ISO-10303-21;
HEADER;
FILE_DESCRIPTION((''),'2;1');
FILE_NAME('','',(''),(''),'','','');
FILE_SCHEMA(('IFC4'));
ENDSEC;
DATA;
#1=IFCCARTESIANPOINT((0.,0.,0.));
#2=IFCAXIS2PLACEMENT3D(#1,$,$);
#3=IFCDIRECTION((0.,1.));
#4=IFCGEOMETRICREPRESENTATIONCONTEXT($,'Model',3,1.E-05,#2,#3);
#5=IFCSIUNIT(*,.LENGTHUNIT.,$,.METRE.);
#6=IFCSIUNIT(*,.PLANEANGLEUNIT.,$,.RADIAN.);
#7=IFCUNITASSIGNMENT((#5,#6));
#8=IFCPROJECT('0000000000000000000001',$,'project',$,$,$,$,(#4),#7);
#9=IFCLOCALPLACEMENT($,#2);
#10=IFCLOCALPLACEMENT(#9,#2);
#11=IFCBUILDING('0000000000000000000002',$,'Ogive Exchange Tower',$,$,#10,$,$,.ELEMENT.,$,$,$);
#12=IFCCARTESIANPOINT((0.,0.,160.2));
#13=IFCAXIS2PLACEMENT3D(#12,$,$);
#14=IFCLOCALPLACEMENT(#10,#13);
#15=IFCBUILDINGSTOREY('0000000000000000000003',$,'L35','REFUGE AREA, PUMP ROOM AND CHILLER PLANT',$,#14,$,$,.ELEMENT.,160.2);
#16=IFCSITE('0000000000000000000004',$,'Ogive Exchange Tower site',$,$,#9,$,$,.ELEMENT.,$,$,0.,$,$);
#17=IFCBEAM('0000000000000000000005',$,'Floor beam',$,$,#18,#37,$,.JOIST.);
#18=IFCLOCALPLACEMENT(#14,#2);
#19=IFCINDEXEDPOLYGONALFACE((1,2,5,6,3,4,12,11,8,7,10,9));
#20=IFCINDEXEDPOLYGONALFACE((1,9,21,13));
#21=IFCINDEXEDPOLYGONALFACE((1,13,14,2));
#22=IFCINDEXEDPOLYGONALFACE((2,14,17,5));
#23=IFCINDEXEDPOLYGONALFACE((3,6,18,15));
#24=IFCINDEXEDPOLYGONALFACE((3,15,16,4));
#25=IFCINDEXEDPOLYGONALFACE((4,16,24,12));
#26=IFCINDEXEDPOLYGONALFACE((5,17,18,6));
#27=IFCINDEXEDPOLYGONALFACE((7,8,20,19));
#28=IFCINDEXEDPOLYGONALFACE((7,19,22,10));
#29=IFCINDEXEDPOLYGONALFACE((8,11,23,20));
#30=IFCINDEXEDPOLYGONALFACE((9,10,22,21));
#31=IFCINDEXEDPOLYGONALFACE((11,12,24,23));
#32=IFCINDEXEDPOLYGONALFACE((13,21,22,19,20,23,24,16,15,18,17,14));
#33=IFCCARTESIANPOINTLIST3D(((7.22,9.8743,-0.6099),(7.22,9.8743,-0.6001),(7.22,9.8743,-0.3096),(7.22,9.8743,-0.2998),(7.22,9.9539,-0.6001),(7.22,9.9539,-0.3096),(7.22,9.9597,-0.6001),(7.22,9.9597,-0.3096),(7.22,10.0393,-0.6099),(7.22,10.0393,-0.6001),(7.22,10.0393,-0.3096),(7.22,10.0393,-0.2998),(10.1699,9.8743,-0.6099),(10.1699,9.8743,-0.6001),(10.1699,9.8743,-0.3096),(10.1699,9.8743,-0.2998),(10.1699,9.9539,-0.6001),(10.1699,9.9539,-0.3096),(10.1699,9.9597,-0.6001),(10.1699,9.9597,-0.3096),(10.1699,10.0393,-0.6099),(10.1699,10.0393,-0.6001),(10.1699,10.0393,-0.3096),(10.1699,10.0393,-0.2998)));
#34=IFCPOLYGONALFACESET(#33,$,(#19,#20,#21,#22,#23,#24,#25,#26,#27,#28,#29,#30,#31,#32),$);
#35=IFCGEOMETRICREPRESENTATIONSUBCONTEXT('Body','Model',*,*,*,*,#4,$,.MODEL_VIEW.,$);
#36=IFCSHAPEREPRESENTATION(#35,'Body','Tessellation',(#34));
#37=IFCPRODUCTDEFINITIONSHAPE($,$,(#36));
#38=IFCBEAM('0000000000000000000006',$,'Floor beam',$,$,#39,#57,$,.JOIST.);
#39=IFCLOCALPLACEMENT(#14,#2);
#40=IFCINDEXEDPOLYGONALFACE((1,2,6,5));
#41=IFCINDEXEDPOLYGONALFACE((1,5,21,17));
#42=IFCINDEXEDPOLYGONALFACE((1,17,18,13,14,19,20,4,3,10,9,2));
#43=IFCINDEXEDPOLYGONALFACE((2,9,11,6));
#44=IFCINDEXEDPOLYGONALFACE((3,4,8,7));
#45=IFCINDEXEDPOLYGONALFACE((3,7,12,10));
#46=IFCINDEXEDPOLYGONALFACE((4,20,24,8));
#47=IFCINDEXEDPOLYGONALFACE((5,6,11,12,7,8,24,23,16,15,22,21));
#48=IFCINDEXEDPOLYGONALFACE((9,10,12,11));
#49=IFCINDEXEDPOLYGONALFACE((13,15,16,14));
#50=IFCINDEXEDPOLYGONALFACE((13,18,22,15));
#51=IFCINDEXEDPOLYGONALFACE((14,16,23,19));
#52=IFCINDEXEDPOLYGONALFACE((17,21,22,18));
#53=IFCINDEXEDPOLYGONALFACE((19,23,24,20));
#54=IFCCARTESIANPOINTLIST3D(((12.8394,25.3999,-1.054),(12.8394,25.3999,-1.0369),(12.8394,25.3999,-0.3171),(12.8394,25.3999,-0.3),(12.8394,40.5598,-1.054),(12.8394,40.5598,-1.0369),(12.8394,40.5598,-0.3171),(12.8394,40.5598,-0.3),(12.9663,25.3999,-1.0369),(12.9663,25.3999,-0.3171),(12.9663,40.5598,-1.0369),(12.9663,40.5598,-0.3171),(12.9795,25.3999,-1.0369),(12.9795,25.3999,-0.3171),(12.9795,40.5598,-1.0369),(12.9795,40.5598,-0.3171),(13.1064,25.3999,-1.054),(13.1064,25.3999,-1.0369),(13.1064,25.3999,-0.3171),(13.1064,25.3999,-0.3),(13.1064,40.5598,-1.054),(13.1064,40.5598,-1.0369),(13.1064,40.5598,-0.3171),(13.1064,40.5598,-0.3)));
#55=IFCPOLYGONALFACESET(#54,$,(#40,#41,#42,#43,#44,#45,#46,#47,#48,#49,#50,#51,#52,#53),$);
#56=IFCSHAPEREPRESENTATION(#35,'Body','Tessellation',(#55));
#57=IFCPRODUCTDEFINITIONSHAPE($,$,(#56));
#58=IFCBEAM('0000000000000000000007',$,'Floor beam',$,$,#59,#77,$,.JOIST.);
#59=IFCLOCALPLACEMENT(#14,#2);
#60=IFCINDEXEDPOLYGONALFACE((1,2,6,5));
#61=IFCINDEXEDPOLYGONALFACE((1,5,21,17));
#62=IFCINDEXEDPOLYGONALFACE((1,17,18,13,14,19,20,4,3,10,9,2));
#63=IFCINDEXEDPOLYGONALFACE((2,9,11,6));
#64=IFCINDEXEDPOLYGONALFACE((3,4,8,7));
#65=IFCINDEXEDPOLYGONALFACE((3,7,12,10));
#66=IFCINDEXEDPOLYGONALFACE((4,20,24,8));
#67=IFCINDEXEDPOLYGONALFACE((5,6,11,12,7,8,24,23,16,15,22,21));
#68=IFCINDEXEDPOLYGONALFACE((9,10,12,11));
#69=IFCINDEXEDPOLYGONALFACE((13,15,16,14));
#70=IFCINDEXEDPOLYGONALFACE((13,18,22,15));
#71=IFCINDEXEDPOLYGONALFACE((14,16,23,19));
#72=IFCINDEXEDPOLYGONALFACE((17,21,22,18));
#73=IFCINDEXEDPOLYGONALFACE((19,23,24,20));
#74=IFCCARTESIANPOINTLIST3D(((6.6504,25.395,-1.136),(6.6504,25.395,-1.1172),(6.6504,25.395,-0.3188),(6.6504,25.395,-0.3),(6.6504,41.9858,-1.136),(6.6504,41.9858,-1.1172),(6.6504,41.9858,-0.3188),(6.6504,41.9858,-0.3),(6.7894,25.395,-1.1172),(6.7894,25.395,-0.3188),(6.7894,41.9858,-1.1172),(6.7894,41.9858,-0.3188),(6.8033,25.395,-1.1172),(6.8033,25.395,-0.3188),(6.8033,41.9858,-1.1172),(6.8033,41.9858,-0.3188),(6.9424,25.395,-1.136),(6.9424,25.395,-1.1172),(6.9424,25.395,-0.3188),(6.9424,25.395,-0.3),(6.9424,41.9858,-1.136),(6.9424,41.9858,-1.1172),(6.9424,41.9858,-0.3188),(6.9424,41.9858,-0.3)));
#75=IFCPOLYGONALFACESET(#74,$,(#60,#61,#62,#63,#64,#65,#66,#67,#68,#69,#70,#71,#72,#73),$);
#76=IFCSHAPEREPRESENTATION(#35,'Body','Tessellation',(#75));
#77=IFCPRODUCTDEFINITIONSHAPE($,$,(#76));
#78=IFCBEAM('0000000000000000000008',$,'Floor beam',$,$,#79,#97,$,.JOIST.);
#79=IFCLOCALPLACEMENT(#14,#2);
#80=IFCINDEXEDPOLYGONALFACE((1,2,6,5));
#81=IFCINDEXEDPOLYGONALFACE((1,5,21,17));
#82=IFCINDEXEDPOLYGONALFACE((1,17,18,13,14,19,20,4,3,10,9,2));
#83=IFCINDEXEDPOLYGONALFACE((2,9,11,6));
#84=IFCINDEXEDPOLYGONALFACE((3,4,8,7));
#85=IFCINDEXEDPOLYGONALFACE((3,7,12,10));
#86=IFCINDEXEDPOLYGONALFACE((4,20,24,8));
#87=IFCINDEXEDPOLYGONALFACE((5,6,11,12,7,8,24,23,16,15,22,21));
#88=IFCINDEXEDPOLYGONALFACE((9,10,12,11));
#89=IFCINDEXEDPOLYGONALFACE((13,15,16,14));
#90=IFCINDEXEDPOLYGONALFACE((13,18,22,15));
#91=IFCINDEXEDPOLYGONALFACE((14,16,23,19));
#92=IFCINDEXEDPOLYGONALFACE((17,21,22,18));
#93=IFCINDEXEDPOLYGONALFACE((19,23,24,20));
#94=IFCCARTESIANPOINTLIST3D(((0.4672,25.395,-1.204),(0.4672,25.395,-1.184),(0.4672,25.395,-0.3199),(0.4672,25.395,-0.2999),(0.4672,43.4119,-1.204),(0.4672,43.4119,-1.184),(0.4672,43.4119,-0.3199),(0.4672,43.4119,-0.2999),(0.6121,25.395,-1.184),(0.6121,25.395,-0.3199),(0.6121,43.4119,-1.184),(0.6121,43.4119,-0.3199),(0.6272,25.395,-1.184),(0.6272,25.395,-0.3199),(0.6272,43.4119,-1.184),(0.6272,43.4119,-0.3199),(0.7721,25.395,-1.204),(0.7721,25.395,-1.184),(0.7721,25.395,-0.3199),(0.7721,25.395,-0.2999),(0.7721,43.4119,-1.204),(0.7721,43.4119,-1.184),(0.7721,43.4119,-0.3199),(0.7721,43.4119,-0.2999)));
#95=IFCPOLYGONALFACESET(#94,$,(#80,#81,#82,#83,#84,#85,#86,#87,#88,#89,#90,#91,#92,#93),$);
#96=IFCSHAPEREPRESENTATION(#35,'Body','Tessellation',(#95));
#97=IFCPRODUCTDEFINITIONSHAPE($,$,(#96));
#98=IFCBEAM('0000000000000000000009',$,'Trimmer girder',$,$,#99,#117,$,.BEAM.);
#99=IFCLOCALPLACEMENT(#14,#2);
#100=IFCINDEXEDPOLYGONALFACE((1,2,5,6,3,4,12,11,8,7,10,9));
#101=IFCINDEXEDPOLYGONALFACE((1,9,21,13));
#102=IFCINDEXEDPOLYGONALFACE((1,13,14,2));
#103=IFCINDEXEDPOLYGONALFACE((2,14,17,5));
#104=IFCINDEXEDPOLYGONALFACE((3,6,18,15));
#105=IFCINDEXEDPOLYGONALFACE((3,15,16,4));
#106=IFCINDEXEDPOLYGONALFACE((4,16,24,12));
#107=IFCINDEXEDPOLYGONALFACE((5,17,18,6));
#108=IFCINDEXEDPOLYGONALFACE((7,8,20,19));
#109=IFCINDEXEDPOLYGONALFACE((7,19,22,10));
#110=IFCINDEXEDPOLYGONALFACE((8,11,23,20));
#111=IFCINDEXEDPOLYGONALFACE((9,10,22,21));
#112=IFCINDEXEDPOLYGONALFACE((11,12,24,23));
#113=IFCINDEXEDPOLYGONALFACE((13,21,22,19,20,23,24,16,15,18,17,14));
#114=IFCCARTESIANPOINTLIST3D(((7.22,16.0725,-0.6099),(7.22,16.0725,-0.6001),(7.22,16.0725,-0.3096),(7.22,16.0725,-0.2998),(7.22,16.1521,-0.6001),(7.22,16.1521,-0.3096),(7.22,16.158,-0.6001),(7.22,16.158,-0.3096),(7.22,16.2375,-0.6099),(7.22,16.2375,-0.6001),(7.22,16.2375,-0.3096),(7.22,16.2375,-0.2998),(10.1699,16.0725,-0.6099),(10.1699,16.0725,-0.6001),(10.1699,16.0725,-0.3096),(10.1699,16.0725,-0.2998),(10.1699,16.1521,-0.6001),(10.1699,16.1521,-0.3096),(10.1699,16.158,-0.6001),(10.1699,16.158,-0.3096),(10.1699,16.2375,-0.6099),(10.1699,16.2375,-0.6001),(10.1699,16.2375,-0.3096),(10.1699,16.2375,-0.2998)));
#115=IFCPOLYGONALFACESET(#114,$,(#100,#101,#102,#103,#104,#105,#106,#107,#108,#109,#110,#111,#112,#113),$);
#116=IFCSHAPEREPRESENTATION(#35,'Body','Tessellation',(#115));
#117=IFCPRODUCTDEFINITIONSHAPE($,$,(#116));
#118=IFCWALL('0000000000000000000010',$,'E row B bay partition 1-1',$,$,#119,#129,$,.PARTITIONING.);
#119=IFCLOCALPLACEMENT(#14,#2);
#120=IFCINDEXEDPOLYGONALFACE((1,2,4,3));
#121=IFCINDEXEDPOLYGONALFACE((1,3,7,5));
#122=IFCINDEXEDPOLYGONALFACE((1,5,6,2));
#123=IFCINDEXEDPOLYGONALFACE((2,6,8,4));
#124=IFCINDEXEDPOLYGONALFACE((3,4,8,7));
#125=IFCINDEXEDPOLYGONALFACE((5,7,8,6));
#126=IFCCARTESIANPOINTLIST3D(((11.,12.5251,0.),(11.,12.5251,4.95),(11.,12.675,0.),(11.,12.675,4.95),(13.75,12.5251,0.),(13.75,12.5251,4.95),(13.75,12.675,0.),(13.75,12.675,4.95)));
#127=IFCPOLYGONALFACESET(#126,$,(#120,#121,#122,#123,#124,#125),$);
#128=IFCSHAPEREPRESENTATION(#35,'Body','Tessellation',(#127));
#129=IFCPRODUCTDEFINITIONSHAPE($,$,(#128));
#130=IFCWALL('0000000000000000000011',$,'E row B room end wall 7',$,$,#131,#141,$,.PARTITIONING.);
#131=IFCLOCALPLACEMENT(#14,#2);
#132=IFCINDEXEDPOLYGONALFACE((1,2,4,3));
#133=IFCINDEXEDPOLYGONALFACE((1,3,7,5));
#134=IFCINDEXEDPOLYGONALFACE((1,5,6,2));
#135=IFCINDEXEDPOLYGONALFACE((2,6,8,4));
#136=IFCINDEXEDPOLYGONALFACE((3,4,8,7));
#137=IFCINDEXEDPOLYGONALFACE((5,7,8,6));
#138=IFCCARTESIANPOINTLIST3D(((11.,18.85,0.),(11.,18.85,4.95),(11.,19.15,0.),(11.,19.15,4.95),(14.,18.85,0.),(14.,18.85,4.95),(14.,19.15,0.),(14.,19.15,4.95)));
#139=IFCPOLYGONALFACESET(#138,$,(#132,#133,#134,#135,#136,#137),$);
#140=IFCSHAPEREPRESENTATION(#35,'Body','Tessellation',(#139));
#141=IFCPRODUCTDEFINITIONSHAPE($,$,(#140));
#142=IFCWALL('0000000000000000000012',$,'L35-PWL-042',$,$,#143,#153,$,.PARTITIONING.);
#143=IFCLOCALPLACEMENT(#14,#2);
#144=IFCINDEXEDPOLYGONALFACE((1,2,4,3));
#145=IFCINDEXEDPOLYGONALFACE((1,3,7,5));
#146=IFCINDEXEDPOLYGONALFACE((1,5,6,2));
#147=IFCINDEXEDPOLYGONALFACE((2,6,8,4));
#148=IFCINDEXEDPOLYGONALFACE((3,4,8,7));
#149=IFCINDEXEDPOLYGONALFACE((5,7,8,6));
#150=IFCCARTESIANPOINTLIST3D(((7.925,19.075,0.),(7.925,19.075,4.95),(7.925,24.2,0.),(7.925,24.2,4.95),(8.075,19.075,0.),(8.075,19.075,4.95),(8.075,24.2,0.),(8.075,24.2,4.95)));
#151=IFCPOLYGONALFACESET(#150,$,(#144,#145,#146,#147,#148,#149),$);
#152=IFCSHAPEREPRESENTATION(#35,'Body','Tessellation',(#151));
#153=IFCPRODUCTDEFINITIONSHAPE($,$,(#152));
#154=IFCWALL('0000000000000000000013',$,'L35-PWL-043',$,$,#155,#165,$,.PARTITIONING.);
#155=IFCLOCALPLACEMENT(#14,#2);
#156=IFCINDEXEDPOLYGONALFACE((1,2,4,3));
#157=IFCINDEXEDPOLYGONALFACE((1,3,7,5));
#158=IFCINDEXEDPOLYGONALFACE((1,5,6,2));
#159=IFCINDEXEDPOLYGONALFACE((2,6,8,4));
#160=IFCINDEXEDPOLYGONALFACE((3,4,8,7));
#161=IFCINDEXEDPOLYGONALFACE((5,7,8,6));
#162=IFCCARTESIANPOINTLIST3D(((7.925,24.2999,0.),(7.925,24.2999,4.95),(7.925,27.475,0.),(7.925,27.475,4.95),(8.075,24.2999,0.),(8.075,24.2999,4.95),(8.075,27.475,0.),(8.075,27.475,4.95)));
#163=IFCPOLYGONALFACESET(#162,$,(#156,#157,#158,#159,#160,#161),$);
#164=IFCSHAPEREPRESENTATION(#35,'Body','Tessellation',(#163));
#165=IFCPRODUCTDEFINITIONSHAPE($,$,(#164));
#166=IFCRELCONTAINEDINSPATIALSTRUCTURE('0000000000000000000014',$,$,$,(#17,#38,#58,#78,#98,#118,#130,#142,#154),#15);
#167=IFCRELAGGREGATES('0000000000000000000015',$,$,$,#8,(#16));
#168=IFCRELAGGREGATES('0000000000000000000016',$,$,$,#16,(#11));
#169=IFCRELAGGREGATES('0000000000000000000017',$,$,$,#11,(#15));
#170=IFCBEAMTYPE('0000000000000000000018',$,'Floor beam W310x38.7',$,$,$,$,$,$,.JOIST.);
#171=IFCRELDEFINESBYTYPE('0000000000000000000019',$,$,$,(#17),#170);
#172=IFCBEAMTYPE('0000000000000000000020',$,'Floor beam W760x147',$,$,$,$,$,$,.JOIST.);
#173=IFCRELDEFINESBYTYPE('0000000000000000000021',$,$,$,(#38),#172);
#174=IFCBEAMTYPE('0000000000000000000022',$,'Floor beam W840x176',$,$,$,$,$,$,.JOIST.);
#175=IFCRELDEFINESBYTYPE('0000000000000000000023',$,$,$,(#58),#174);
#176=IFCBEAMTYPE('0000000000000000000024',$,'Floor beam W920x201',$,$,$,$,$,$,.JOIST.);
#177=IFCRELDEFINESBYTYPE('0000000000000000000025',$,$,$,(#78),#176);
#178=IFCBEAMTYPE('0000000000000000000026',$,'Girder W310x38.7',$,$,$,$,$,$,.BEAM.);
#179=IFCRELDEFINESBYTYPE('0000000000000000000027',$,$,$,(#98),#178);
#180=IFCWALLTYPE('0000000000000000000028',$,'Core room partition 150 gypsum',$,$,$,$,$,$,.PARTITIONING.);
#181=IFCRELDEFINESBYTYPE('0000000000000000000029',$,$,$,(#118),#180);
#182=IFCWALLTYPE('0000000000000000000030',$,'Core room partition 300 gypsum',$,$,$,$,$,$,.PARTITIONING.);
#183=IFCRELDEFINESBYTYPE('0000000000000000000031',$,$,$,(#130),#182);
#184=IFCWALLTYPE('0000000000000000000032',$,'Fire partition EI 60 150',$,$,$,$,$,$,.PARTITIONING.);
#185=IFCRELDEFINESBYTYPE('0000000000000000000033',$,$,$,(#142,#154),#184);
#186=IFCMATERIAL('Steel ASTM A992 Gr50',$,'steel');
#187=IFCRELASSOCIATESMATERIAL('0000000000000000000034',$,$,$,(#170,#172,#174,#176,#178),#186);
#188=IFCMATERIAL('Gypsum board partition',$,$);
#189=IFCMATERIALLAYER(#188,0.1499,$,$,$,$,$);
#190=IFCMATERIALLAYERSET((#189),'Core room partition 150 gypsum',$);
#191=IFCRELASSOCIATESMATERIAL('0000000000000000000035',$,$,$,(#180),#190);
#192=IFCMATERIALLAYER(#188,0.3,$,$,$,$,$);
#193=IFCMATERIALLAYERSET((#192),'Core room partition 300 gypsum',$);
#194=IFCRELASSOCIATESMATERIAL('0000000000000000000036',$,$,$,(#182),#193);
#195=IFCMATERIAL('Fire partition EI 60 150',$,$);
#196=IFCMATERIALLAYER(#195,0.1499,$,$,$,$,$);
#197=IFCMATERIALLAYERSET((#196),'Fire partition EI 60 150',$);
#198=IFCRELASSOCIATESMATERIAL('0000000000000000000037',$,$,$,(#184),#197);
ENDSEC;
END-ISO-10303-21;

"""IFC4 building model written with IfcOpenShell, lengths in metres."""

from ifc_helpers import new_model, si_unit, direction, frame, frame_2d, origin, origin_2d, place, context, subcontext, project, spatial, rectangle, i_section, extrude, material, layer, layer_set, material_profile, profile_set, type_object, element, save


model = new_model("IFC4")

# Units and contexts
model_context = context("Model", 3, precision=1e-05, world=origin(), true_north=direction((0.0, 1.0)))
body_context = subcontext(model_context, "Body", "Model", "MODEL_VIEW")
ifc_project = project(units=[si_unit("LENGTHUNIT", "METRE"), si_unit("PLANEANGLEUNIT", "RADIAN")], contexts=[model_context])

# Site, building, storey
site_placement = place(None, origin())
site = spatial("IfcSite", under=ifc_project, at=site_placement, Name="Ogive Exchange Tower site", CompositionType="ELEMENT", RefElevation=0.0)
building_placement = place(site_placement, origin())
building = spatial("IfcBuilding", under=site, at=building_placement, Name="Ogive Exchange Tower", CompositionType="ELEMENT")
storey_placement = place(building_placement, frame((0.0, 0.0, 160.2)))
storey = spatial("IfcBuildingStorey", under=building, at=storey_placement, Name="L35", Description="REFUGE AREA, PUMP ROOM AND CHILLER PLANT", CompositionType="ELEMENT", Elevation=160.2)

# Beams
ifc_material_1 = material(Name="Steel ASTM A992 Gr50", Category="steel")
ifc_material_profile_1 = material_profile(ifc_material_1, i_section(OverallWidth=0.165, OverallDepth=0.3101, WebThickness=0.0059, FlangeThickness=0.0098, at=origin_2d()), Name="W310x38.7")
ifc_profile_set_1 = profile_set([ifc_material_profile_1], Name="Steel ASTM A992 Gr50")
beam_type_1 = type_object("IfcBeamType", Name="Floor beam W310x38.7", PredefinedType="JOIST", material=ifc_profile_set_1)
beam_1_placement = place(storey_placement, frame((7.22, 9.9568, -0.4548), z_axis=(1.0, 0.0, 0.0), x_axis=(0.0, 1.0, 0.0)))
element("IfcBeam", 1, at=beam_1_placement, inside=storey, type_object=beam_type_1, Name="Floor beam", PredefinedType="JOIST", context=body_context, shape_type="SweptSolid", body=[
    extrude(i_section(OverallWidth=0.165, OverallDepth=0.3101, WebThickness=0.0059, FlangeThickness=0.0098, at=origin_2d()), origin(), (0.0, 0.0, 1.0), 2.95),
])
ifc_material_profile_2 = material_profile(ifc_material_1, i_section(OverallWidth=0.2671, OverallDepth=0.7539, WebThickness=0.0132, FlangeThickness=0.0171, at=origin_2d()), Name="W760x147")
ifc_profile_set_2 = profile_set([ifc_material_profile_2], Name="Steel ASTM A992 Gr50")
beam_type_2 = type_object("IfcBeamType", Name="Floor beam W760x147", PredefinedType="JOIST", material=ifc_profile_set_2)
beam_2_placement = place(storey_placement, frame((12.9729, 25.3999, -0.677), z_axis=(0.0, 1.0, 0.0), x_axis=(-1.0, 0.0, 0.0)))
element("IfcBeam", 2, at=beam_2_placement, inside=storey, type_object=beam_type_2, Name="Floor beam", PredefinedType="JOIST", context=body_context, shape_type="SweptSolid", body=[
    extrude(i_section(OverallWidth=0.2671, OverallDepth=0.7539, WebThickness=0.0132, FlangeThickness=0.0171, at=origin_2d()), origin(), (0.0, 0.0, 1.0), 15.1599),
])
ifc_material_profile_3 = material_profile(ifc_material_1, i_section(OverallWidth=0.292, OverallDepth=0.8359, WebThickness=0.0139, FlangeThickness=0.0188, at=origin_2d()), Name="W840x176")
ifc_profile_set_3 = profile_set([ifc_material_profile_3], Name="Steel ASTM A992 Gr50")
beam_type_3 = type_object("IfcBeamType", Name="Floor beam W840x176", PredefinedType="JOIST", material=ifc_profile_set_3)
beam_3_placement = place(storey_placement, frame((6.7964, 25.395, -0.718), z_axis=(0.0, 1.0, 0.0), x_axis=(-1.0, 0.0, 0.0)))
element("IfcBeam", 3, at=beam_3_placement, inside=storey, type_object=beam_type_3, Name="Floor beam", PredefinedType="JOIST", context=body_context, shape_type="SweptSolid", body=[
    extrude(i_section(OverallWidth=0.292, OverallDepth=0.8359, WebThickness=0.0139, FlangeThickness=0.0188, at=origin_2d()), origin(), (0.0, 0.0, 1.0), 16.5908),
])
ifc_material_profile_4 = material_profile(ifc_material_1, i_section(OverallWidth=0.3049, OverallDepth=0.9041, WebThickness=0.0151, FlangeThickness=0.02, at=origin_2d()), Name="W920x201")
ifc_profile_set_4 = profile_set([ifc_material_profile_4], Name="Steel ASTM A992 Gr50")
beam_type_4 = type_object("IfcBeamType", Name="Floor beam W920x201", PredefinedType="JOIST", material=ifc_profile_set_4)
beam_4_placement = place(storey_placement, frame((0.6196, 25.395, -0.752), z_axis=(0.0, 1.0, 0.0), x_axis=(-1.0, 0.0, 0.0)))
element("IfcBeam", 4, at=beam_4_placement, inside=storey, type_object=beam_type_4, Name="Floor beam", PredefinedType="JOIST", context=body_context, shape_type="SweptSolid", body=[
    extrude(i_section(OverallWidth=0.3049, OverallDepth=0.9041, WebThickness=0.0151, FlangeThickness=0.02, at=origin_2d()), origin(), (0.0, 0.0, 1.0), 18.0168),
])
ifc_material_profile_5 = material_profile(ifc_material_1, i_section(OverallWidth=0.165, OverallDepth=0.3101, WebThickness=0.0059, FlangeThickness=0.0098, at=origin_2d()), Name="W310x38.7")
ifc_profile_set_5 = profile_set([ifc_material_profile_5], Name="Steel ASTM A992 Gr50")
beam_type_5 = type_object("IfcBeamType", Name="Girder W310x38.7", PredefinedType="BEAM", material=ifc_profile_set_5)
beam_5_placement = place(storey_placement, frame((7.22, 16.155, -0.4548), z_axis=(1.0, 0.0, 0.0), x_axis=(0.0, 1.0, 0.0)))
element("IfcBeam", 5, at=beam_5_placement, inside=storey, type_object=beam_type_5, Name="Trimmer girder", PredefinedType="BEAM", context=body_context, shape_type="SweptSolid", body=[
    extrude(i_section(OverallWidth=0.165, OverallDepth=0.3101, WebThickness=0.0059, FlangeThickness=0.0098, at=origin_2d()), origin(), (0.0, 0.0, 1.0), 2.95),
])

# Walls
ifc_material_2 = material(Name="Gypsum board partition")
ifc_layer_1 = layer(ifc_material_2, 0.1499)
ifc_layer_set_1 = layer_set([ifc_layer_1], Name="Core room partition 150 gypsum")
wall_type_1 = type_object("IfcWallType", Name="Core room partition 150 gypsum", PredefinedType="PARTITIONING", material=ifc_layer_set_1)
wall_1_placement = place(storey_placement, frame((11.0, 12.6001, 0.0), z_axis=(0.0, 0.0, 1.0), x_axis=(1.0, 0.0, 0.0)))
element("IfcWall", 6, at=wall_1_placement, inside=storey, type_object=wall_type_1, Name="E row B bay partition 1-1", PredefinedType="PARTITIONING", context=body_context, shape_type="SweptSolid", body=[
    extrude(rectangle(XDim=2.75, YDim=0.1499, at=frame_2d((1.375, 0.0))), origin(), (0.0, 0.0, 1.0), 4.95),
])
ifc_layer_2 = layer(ifc_material_2, 0.3)
ifc_layer_set_2 = layer_set([ifc_layer_2], Name="Core room partition 300 gypsum")
wall_type_2 = type_object("IfcWallType", Name="Core room partition 300 gypsum", PredefinedType="PARTITIONING", material=ifc_layer_set_2)
wall_2_placement = place(storey_placement, frame((11.0, 19.0, 0.0), z_axis=(0.0, 0.0, 1.0), x_axis=(1.0, 0.0, 0.0)))
element("IfcWall", 7, at=wall_2_placement, inside=storey, type_object=wall_type_2, Name="E row B room end wall 7", PredefinedType="PARTITIONING", context=body_context, shape_type="SweptSolid", body=[
    extrude(rectangle(XDim=3.0, YDim=0.3, at=frame_2d((1.5, 0.0))), origin(), (0.0, 0.0, 1.0), 4.95),
])
ifc_material_3 = material(Name="Fire partition EI 60 150")
ifc_layer_3 = layer(ifc_material_3, 0.1499)
ifc_layer_set_3 = layer_set([ifc_layer_3], Name="Fire partition EI 60 150")
wall_type_3 = type_object("IfcWallType", Name="Fire partition EI 60 150", PredefinedType="PARTITIONING", material=ifc_layer_set_3)
wall_3_placement = place(storey_placement, frame((8.0, 19.075, 0.0), z_axis=(0.0, 0.0, 1.0), x_axis=(0.0, 1.0, 0.0)))
element("IfcWall", 8, at=wall_3_placement, inside=storey, type_object=wall_type_3, Name="L35-PWL-042", PredefinedType="PARTITIONING", context=body_context, shape_type="SweptSolid", body=[
    extrude(rectangle(XDim=5.125, YDim=0.1499, at=frame_2d((2.5625, 0.0))), origin(), (0.0, 0.0, 1.0), 4.95),
])
wall_4_placement = place(storey_placement, frame((8.0, 24.3, 0.0), z_axis=(0.0, 0.0, 1.0), x_axis=(0.0, 1.0, 0.0)))
element("IfcWall", 9, at=wall_4_placement, inside=storey, type_object=wall_type_3, Name="L35-PWL-043", PredefinedType="PARTITIONING", context=body_context, shape_type="SweptSolid", body=[
    extrude(rectangle(XDim=3.175, YDim=0.1499, at=frame_2d((1.5874, 0.0))), origin(), (0.0, 0.0, 1.0), 4.95),
])

save(model, "model.ifc")
